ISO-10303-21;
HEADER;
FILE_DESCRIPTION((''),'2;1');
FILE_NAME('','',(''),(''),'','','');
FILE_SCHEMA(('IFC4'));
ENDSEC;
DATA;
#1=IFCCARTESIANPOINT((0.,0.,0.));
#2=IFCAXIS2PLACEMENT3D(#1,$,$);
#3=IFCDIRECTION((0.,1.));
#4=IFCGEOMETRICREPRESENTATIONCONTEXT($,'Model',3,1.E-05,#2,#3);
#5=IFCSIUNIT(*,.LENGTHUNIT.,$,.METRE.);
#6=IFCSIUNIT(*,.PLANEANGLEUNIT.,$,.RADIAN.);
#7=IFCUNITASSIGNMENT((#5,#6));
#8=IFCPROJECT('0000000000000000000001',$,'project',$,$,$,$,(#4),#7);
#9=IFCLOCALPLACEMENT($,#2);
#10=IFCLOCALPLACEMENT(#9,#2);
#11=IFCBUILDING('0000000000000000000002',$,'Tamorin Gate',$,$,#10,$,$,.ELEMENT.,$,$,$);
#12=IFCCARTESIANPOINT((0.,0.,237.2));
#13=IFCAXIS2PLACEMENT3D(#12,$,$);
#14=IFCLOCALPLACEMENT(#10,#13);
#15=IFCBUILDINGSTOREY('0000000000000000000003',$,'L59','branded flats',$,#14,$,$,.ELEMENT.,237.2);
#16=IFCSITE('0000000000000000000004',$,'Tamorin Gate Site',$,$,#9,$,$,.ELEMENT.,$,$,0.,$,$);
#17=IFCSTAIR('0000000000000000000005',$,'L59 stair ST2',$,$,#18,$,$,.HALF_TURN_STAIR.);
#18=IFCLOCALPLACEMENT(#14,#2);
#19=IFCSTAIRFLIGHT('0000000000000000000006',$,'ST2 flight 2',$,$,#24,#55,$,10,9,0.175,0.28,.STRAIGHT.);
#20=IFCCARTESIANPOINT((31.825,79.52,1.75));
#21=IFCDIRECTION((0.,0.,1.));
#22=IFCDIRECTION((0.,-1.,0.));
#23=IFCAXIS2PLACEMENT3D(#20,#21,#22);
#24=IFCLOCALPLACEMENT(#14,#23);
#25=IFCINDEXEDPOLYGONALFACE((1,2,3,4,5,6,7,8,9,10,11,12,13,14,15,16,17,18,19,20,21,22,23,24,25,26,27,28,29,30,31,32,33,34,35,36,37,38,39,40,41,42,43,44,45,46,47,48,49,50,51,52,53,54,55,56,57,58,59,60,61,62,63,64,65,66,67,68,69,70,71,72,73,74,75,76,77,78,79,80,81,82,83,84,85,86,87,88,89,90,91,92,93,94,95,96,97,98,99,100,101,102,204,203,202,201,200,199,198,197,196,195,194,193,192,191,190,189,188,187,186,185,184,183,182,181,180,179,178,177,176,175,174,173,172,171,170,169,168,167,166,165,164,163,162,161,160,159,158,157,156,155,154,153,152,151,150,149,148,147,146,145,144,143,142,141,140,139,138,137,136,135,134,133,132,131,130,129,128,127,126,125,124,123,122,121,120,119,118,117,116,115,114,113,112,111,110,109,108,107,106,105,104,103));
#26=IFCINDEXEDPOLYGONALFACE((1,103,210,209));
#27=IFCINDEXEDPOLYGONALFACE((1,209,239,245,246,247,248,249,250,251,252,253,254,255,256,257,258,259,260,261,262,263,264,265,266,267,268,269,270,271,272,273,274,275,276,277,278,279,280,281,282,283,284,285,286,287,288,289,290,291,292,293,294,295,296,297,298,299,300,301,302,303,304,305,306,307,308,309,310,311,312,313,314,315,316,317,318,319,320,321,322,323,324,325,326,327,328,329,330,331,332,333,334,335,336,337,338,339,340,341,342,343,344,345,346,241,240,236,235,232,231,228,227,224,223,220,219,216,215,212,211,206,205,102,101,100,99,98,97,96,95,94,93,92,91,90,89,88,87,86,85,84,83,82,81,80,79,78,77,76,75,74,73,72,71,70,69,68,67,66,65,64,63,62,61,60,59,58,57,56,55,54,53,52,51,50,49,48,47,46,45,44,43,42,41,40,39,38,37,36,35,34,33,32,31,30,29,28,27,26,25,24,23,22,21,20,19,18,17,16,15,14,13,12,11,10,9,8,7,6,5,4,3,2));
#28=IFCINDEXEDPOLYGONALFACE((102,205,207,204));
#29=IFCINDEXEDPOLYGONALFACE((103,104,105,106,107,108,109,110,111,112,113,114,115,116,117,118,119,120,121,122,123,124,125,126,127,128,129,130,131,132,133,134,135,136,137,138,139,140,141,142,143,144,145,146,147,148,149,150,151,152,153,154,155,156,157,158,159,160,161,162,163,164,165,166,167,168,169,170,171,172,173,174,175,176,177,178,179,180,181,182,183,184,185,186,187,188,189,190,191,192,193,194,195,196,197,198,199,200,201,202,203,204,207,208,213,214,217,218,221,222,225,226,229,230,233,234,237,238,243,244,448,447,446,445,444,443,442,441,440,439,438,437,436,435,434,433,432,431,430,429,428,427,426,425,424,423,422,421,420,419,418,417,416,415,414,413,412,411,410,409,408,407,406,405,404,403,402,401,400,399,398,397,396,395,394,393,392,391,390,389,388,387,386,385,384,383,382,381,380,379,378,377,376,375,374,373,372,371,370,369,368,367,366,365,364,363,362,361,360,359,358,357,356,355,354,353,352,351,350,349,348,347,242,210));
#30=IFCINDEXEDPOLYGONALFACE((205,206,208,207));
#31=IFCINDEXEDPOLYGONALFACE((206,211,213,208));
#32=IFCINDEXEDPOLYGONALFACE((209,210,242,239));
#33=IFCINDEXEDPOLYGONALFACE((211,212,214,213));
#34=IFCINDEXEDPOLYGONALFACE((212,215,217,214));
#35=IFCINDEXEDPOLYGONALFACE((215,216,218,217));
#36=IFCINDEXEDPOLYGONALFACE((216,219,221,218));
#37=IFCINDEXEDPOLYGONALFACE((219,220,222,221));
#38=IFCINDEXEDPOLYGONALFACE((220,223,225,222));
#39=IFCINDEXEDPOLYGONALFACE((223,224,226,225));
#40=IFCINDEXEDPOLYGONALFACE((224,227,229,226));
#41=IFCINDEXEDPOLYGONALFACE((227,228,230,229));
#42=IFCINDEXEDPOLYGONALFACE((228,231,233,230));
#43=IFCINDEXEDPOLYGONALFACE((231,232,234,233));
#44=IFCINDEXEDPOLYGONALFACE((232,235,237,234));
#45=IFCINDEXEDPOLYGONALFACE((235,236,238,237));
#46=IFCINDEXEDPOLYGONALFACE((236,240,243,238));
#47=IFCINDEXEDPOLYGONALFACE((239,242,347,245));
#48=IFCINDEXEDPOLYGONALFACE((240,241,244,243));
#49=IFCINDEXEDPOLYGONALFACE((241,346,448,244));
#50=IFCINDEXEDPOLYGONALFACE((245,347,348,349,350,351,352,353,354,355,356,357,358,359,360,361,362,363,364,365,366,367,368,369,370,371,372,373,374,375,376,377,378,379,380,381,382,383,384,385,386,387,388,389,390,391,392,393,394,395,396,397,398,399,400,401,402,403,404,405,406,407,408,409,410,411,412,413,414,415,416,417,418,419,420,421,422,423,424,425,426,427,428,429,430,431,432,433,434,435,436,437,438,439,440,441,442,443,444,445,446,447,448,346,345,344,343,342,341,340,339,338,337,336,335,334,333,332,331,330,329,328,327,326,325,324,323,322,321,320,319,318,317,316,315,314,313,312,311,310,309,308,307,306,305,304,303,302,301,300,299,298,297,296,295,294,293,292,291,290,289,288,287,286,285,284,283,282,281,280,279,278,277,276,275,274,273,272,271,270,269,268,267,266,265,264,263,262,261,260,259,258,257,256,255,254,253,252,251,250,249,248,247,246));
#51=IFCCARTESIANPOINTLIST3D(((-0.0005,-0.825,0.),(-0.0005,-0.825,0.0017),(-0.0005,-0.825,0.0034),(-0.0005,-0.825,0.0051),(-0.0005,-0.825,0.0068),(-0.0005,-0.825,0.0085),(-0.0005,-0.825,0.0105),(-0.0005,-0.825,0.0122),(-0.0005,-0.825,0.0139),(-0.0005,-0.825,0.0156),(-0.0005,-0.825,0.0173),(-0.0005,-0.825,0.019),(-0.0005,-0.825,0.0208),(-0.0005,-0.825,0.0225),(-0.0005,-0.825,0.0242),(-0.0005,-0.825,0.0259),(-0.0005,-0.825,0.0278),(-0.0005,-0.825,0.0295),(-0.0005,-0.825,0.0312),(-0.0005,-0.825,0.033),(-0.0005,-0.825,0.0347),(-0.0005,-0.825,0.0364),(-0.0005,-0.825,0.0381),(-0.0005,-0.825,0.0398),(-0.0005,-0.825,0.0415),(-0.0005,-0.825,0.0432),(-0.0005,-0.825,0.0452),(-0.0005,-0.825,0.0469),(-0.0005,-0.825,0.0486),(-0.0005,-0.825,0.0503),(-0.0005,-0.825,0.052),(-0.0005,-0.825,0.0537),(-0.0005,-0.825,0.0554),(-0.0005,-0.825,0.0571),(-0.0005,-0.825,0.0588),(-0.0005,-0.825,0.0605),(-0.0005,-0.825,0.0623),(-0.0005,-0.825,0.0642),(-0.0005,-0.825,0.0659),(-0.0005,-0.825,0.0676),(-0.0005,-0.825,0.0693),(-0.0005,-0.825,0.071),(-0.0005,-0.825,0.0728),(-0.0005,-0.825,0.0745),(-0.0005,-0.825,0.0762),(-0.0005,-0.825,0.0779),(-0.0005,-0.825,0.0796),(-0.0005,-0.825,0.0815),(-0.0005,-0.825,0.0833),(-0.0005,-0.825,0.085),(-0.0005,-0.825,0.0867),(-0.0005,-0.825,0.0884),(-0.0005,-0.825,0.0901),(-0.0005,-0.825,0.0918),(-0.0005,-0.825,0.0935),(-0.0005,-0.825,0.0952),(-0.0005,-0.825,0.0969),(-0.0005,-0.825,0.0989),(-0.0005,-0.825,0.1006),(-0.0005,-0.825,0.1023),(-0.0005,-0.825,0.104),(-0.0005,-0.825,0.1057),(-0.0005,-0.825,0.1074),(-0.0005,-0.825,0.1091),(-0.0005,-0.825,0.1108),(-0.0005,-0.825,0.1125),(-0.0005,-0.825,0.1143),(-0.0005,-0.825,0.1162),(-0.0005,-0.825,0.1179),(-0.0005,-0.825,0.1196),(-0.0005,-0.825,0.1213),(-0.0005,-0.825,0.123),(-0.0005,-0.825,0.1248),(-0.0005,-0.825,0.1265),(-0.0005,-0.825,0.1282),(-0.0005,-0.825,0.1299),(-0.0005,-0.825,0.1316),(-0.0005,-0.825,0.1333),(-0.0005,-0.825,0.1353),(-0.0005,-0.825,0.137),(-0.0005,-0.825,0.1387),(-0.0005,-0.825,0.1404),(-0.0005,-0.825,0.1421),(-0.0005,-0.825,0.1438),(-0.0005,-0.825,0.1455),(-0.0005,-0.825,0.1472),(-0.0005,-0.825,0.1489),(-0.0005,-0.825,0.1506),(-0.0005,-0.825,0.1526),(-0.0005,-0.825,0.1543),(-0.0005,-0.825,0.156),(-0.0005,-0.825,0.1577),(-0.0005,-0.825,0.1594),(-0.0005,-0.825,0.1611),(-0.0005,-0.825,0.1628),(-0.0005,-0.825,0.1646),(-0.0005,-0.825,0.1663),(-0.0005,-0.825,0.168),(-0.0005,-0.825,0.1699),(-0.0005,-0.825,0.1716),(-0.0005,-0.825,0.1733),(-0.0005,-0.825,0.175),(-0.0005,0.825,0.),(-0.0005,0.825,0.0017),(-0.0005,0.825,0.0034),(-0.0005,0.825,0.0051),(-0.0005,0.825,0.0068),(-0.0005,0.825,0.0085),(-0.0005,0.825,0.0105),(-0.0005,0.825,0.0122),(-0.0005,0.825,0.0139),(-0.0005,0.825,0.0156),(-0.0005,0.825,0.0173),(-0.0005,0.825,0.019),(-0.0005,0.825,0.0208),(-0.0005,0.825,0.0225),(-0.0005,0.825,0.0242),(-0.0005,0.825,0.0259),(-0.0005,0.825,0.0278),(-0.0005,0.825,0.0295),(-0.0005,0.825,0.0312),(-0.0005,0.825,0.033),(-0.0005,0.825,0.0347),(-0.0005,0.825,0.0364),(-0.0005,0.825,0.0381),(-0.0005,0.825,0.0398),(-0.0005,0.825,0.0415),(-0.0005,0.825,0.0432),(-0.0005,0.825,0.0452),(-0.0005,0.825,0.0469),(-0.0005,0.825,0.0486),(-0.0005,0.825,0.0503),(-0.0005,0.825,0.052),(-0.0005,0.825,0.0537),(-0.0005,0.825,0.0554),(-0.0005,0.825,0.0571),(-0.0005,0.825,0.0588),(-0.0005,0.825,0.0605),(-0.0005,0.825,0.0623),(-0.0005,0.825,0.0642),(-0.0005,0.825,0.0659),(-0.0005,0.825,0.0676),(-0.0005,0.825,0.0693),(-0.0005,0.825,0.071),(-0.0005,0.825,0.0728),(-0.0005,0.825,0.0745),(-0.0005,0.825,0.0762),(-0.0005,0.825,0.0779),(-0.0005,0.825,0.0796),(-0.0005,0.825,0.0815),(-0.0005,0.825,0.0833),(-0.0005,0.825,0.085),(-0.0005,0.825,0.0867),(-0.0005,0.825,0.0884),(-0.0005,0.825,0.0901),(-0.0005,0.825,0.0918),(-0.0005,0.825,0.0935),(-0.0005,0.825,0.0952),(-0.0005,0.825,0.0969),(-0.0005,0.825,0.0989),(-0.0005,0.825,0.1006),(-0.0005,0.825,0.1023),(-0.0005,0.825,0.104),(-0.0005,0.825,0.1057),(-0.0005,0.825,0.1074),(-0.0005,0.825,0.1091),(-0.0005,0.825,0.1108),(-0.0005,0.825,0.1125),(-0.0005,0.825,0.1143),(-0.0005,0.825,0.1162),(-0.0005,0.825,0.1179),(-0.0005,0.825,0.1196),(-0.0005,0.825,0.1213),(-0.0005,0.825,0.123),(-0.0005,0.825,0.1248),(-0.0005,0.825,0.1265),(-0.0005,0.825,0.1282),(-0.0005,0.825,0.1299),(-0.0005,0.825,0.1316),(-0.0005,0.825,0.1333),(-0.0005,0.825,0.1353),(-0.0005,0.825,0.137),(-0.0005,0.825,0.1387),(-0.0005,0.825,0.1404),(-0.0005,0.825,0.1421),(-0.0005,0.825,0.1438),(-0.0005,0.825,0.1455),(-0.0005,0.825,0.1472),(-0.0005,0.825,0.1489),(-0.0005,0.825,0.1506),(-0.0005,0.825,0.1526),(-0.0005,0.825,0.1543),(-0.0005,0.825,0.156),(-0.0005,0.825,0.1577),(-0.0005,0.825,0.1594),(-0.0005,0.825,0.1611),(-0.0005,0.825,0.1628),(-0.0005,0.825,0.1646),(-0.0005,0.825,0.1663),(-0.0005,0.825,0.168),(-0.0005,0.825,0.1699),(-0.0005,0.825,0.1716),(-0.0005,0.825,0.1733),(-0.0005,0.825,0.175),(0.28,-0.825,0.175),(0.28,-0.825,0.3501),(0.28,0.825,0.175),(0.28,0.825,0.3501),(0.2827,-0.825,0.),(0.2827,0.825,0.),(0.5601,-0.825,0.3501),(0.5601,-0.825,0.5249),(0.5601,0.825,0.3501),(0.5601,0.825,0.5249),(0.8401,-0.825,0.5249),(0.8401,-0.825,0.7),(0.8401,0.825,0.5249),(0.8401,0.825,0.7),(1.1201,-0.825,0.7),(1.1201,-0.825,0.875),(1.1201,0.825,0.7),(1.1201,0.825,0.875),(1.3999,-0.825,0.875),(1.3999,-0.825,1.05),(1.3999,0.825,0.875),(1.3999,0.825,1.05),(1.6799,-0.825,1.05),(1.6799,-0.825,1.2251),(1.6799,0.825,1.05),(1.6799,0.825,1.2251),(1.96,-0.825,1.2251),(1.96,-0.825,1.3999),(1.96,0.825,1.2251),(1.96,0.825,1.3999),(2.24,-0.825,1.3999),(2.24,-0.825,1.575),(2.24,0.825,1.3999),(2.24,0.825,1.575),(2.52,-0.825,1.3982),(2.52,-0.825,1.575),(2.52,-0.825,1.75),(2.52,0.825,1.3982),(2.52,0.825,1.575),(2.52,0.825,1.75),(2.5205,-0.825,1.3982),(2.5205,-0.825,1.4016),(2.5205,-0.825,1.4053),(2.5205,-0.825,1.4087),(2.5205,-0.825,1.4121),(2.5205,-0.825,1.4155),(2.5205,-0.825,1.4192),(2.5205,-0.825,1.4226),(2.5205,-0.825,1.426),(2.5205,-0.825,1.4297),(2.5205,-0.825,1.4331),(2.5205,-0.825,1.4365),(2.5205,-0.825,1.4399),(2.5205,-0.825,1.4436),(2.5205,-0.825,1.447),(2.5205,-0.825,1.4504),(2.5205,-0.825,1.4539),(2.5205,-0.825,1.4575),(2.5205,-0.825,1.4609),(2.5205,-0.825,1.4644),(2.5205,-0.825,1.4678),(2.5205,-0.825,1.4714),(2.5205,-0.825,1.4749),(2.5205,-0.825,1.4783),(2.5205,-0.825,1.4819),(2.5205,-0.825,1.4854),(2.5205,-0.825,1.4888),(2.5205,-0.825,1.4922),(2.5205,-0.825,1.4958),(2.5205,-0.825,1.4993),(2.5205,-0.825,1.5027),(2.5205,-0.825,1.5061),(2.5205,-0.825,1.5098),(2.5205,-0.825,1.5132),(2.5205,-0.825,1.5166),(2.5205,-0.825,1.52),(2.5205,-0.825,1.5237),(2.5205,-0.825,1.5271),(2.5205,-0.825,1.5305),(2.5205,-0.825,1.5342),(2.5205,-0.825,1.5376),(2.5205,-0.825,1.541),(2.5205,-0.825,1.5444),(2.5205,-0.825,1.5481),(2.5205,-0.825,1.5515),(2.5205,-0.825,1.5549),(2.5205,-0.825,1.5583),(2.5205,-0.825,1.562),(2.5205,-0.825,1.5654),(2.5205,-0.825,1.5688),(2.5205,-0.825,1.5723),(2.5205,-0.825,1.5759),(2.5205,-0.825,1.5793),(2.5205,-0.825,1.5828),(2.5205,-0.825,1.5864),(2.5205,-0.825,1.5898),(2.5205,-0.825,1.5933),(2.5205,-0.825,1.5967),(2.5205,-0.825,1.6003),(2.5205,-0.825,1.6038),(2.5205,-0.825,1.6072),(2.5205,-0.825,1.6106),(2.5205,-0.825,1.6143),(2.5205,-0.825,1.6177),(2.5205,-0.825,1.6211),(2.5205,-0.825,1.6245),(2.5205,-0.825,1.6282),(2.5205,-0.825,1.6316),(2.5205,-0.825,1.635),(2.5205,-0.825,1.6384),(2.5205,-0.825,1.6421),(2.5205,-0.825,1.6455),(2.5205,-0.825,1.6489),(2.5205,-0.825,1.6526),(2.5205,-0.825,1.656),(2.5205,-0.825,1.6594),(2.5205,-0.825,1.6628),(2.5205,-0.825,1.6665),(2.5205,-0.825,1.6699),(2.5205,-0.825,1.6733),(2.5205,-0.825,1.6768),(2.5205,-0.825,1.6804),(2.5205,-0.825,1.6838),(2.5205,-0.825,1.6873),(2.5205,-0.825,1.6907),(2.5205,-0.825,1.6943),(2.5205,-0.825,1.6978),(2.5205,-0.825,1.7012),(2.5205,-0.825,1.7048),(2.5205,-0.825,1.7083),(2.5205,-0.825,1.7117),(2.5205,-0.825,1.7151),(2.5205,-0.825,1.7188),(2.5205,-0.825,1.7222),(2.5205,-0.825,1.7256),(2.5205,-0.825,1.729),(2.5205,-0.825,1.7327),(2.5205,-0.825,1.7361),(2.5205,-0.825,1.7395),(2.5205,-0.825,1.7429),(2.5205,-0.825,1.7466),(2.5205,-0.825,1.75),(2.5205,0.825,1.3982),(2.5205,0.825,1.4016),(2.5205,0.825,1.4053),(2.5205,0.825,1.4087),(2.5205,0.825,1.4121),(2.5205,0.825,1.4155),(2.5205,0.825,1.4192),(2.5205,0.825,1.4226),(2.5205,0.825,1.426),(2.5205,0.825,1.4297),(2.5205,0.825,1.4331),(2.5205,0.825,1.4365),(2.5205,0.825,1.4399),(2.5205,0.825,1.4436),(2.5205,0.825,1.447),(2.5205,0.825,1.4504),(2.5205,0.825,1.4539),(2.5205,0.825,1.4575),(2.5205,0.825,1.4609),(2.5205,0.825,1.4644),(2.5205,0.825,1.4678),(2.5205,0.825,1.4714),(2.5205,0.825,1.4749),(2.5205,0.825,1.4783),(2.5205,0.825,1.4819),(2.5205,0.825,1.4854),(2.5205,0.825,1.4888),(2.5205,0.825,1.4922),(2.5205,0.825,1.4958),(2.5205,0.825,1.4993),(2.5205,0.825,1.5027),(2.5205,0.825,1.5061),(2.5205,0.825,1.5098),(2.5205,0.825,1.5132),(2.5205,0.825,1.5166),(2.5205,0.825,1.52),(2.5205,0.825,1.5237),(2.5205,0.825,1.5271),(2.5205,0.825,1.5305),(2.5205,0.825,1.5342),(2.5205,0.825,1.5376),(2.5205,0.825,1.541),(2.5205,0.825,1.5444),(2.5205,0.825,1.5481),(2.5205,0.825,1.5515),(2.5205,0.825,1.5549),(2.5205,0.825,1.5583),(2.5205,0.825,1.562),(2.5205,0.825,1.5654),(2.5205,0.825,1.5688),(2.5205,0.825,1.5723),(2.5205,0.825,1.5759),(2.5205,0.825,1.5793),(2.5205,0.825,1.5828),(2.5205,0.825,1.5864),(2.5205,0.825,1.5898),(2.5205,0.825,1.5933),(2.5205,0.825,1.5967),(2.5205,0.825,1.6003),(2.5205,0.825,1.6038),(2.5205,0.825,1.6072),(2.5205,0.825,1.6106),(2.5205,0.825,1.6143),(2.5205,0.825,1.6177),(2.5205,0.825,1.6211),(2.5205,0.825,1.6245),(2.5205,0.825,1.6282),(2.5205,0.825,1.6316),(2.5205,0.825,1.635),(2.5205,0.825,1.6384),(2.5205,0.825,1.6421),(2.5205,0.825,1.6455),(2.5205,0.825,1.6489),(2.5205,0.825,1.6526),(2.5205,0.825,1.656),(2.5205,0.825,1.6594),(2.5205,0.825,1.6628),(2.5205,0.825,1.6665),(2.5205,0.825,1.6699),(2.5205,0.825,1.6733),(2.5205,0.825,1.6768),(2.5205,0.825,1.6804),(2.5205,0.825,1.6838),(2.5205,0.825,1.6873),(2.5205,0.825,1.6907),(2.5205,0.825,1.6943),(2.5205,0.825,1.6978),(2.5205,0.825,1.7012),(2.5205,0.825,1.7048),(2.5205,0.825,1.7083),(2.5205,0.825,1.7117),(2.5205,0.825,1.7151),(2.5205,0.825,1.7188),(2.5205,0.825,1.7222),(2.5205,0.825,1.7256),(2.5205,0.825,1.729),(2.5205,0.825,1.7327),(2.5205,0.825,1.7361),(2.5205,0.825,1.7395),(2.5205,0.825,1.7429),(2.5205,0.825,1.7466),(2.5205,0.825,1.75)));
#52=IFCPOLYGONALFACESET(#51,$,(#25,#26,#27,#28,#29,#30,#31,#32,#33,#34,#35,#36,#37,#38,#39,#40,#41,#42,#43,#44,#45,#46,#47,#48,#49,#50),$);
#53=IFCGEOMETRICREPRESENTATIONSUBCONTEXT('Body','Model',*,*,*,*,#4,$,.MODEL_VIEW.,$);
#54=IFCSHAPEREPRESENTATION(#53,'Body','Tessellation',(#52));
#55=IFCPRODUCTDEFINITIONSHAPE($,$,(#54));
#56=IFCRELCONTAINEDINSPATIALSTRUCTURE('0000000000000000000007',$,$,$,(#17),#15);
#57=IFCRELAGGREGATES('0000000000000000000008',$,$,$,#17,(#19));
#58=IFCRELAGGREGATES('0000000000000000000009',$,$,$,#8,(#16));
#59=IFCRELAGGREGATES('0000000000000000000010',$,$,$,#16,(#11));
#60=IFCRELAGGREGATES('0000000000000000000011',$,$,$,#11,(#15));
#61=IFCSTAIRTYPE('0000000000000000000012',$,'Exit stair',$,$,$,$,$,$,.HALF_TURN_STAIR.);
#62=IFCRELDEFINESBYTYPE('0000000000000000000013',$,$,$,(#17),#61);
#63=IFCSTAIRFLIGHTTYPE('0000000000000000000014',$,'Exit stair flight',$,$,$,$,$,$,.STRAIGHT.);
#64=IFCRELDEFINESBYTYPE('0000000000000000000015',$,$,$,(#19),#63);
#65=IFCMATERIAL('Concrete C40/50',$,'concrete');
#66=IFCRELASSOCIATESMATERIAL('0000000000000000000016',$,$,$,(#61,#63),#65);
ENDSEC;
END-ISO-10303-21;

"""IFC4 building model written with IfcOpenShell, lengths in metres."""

from ifc_helpers import new_model, si_unit, direction, frame, origin, place, context, subcontext, project, spatial, polyline, outline, extrude, material, type_object, element, aggregate, save


model = new_model("IFC4")

# Units and contexts
model_context = context("Model", 3, precision=1e-05, world=origin(), true_north=direction((0.0, 1.0)))
body_context = subcontext(model_context, "Body", "Model", "MODEL_VIEW")
ifc_project = project(units=[si_unit("LENGTHUNIT", "METRE"), si_unit("PLANEANGLEUNIT", "RADIAN")], contexts=[model_context])

# Site, building, storey
site_placement = place(None, origin())
site = spatial("IfcSite", under=ifc_project, at=site_placement, Name="Tamorin Gate Site", CompositionType="ELEMENT", RefElevation=0.0)
building_placement = place(site_placement, origin())
building = spatial("IfcBuilding", under=site, at=building_placement, Name="Tamorin Gate", CompositionType="ELEMENT")
storey_placement = place(building_placement, frame((0.0, 0.0, 237.2)))
storey = spatial("IfcBuildingStorey", under=building, at=storey_placement, Name="L59", Description="branded flats", CompositionType="ELEMENT", Elevation=237.2)

# Stair, stair flight
ifc_material_1 = material(Name="Concrete C40/50", Category="concrete")
stair_type = type_object("IfcStairType", Name="Exit stair", PredefinedType="HALF_TURN_STAIR", material=ifc_material_1)
stair_placement = place(storey_placement, origin())
stair = element("IfcStair", 1, at=stair_placement, inside=storey, type_object=stair_type, Name="L59 stair ST2", PredefinedType="HALF_TURN_STAIR")
stair_flight_type = type_object("IfcStairFlightType", Name="Exit stair flight", PredefinedType="STRAIGHT", material=ifc_material_1)
stair_flight_placement = place(storey_placement, frame((31.825, 79.52, 1.75), z_axis=(0.0, 0.0, 1.0), x_axis=(0.0, -1.0, 0.0)))
stair_flight = element("IfcStairFlight", 2, at=stair_flight_placement, type_object=stair_flight_type, Name="ST2 flight 2", NumberOfRisers=10, NumberOfTreads=9, PredefinedType="STRAIGHT", RiserHeight=0.175, TreadLength=0.28, context=body_context, shape_type="SweptSolid", body=[
    extrude(outline(polyline([(-0.0005, 0.0), (-0.0005, 0.0017), (-0.0005, 0.0034), (-0.0005, 0.0051), (-0.0005, 0.0068), (-0.0005, 0.0085), (-0.0005, 0.0105), (-0.0005, 0.0122), (-0.0005, 0.0139), (-0.0005, 0.0156), (-0.0005, 0.0173), (-0.0005, 0.019), (-0.0005, 0.0208), (-0.0005, 0.0225), (-0.0005, 0.0242), (-0.0005, 0.0259), (-0.0005, 0.0278), (-0.0005, 0.0295), (-0.0005, 0.0312), (-0.0005, 0.033), (-0.0005, 0.0347), (-0.0005, 0.0364), (-0.0005, 0.0381), (-0.0005, 0.0398), (-0.0005, 0.0415), (-0.0005, 0.0432), (-0.0005, 0.0452), (-0.0005, 0.0469), (-0.0005, 0.0486), (-0.0005, 0.0503), (-0.0005, 0.052), (-0.0005, 0.0537), (-0.0005, 0.0554), (-0.0005, 0.0571), (-0.0005, 0.0588), (-0.0005, 0.0605), (-0.0005, 0.0623), (-0.0005, 0.0642), (-0.0005, 0.0659), (-0.0005, 0.0676), (-0.0005, 0.0693), (-0.0005, 0.071), (-0.0005, 0.0728), (-0.0005, 0.0745), (-0.0005, 0.0762), (-0.0005, 0.0779), (-0.0005, 0.0796), (-0.0005, 0.0815), (-0.0005, 0.0833), (-0.0005, 0.085), (-0.0005, 0.0867), (-0.0005, 0.0884), (-0.0005, 0.0901), (-0.0005, 0.0918), (-0.0005, 0.0935), (-0.0005, 0.0952), (-0.0005, 0.0969), (-0.0005, 0.0989), (-0.0005, 0.1006), (-0.0005, 0.1023), (-0.0005, 0.104), (-0.0005, 0.1057), (-0.0005, 0.1074), (-0.0005, 0.1091), (-0.0005, 0.1108), (-0.0005, 0.1125), (-0.0005, 0.1143), (-0.0005, 0.1162), (-0.0005, 0.1179), (-0.0005, 0.1196), (-0.0005, 0.1213), (-0.0005, 0.123), (-0.0005, 0.1248), (-0.0005, 0.1265), (-0.0005, 0.1282), (-0.0005, 0.1299), (-0.0005, 0.1316), (-0.0005, 0.1333), (-0.0005, 0.1353), (-0.0005, 0.137), (-0.0005, 0.1387), (-0.0005, 0.1404), (-0.0005, 0.1421), (-0.0005, 0.1438), (-0.0005, 0.1455), (-0.0005, 0.1472), (-0.0005, 0.1489), (-0.0005, 0.1506), (-0.0005, 0.1526), (-0.0005, 0.1543), (-0.0005, 0.156), (-0.0005, 0.1577), (-0.0005, 0.1594), (-0.0005, 0.1611), (-0.0005, 0.1628), (-0.0005, 0.1646), (-0.0005, 0.1663), (-0.0005, 0.168), (-0.0005, 0.1699), (-0.0005, 0.1716), (-0.0005, 0.1733), (-0.0005, 0.175), (0.28, 0.175), (0.28, 0.3501), (0.5601, 0.3501), (0.5601, 0.5249), (0.8401, 0.5249), (0.8401, 0.7), (1.1201, 0.7), (1.1201, 0.875), (1.3999, 0.875), (1.3999, 1.05), (1.6799, 1.05), (1.6799, 1.2251), (1.96, 1.2251), (1.96, 1.3999), (2.24, 1.3999), (2.24, 1.575), (2.52, 1.575), (2.52, 1.75), (2.5205, 1.75), (2.5205, 1.7466), (2.5205, 1.7429), (2.5205, 1.7395), (2.5205, 1.7361), (2.5205, 1.7327), (2.5205, 1.729), (2.5205, 1.7256), (2.5205, 1.7222), (2.5205, 1.7188), (2.5205, 1.7151), (2.5205, 1.7117), (2.5205, 1.7083), (2.5205, 1.7048), (2.5205, 1.7012), (2.5205, 1.6978), (2.5205, 1.6943), (2.5205, 1.6907), (2.5205, 1.6873), (2.5205, 1.6838), (2.5205, 1.6804), (2.5205, 1.6768), (2.5205, 1.6733), (2.5205, 1.6699), (2.5205, 1.6665), (2.5205, 1.6628), (2.5205, 1.6594), (2.5205, 1.656), (2.5205, 1.6526), (2.5205, 1.6489), (2.5205, 1.6455), (2.5205, 1.6421), (2.5205, 1.6384), (2.5205, 1.635), (2.5205, 1.6316), (2.5205, 1.6282), (2.5205, 1.6245), (2.5205, 1.6211), (2.5205, 1.6177), (2.5205, 1.6143), (2.5205, 1.6106), (2.5205, 1.6072), (2.5205, 1.6038), (2.5205, 1.6003), (2.5205, 1.5967), (2.5205, 1.5933), (2.5205, 1.5898), (2.5205, 1.5864), (2.5205, 1.5828), (2.5205, 1.5793), (2.5205, 1.5759), (2.5205, 1.5723), (2.5205, 1.5688), (2.5205, 1.5654), (2.5205, 1.562), (2.5205, 1.5583), (2.5205, 1.5549), (2.5205, 1.5515), (2.5205, 1.5481), (2.5205, 1.5444), (2.5205, 1.541), (2.5205, 1.5376), (2.5205, 1.5342), (2.5205, 1.5305), (2.5205, 1.5271), (2.5205, 1.5237), (2.5205, 1.52), (2.5205, 1.5166), (2.5205, 1.5132), (2.5205, 1.5098), (2.5205, 1.5061), (2.5205, 1.5027), (2.5205, 1.4993), (2.5205, 1.4958), (2.5205, 1.4922), (2.5205, 1.4888), (2.5205, 1.4854), (2.5205, 1.4819), (2.5205, 1.4783), (2.5205, 1.4749), (2.5205, 1.4714), (2.5205, 1.4678), (2.5205, 1.4644), (2.5205, 1.4609), (2.5205, 1.4575), (2.5205, 1.4539), (2.5205, 1.4504), (2.5205, 1.447), (2.5205, 1.4436), (2.5205, 1.4399), (2.5205, 1.4365), (2.5205, 1.4331), (2.5205, 1.4297), (2.5205, 1.426), (2.5205, 1.4226), (2.5205, 1.4192), (2.5205, 1.4155), (2.5205, 1.4121), (2.5205, 1.4087), (2.5205, 1.4053), (2.5205, 1.4016), (2.5205, 1.3982), (2.52, 1.3982), (0.2827, 0.0), (-0.0005, 0.0)])), frame((0.0, 0.825, 0.0), z_axis=(0.0, -1.0, 0.0), x_axis=(1.0, 0.0, 0.0)), (0.0, 0.0, 1.0), 1.6499),
])
aggregate(stair, [stair_flight])

save(model, "model.ifc")
